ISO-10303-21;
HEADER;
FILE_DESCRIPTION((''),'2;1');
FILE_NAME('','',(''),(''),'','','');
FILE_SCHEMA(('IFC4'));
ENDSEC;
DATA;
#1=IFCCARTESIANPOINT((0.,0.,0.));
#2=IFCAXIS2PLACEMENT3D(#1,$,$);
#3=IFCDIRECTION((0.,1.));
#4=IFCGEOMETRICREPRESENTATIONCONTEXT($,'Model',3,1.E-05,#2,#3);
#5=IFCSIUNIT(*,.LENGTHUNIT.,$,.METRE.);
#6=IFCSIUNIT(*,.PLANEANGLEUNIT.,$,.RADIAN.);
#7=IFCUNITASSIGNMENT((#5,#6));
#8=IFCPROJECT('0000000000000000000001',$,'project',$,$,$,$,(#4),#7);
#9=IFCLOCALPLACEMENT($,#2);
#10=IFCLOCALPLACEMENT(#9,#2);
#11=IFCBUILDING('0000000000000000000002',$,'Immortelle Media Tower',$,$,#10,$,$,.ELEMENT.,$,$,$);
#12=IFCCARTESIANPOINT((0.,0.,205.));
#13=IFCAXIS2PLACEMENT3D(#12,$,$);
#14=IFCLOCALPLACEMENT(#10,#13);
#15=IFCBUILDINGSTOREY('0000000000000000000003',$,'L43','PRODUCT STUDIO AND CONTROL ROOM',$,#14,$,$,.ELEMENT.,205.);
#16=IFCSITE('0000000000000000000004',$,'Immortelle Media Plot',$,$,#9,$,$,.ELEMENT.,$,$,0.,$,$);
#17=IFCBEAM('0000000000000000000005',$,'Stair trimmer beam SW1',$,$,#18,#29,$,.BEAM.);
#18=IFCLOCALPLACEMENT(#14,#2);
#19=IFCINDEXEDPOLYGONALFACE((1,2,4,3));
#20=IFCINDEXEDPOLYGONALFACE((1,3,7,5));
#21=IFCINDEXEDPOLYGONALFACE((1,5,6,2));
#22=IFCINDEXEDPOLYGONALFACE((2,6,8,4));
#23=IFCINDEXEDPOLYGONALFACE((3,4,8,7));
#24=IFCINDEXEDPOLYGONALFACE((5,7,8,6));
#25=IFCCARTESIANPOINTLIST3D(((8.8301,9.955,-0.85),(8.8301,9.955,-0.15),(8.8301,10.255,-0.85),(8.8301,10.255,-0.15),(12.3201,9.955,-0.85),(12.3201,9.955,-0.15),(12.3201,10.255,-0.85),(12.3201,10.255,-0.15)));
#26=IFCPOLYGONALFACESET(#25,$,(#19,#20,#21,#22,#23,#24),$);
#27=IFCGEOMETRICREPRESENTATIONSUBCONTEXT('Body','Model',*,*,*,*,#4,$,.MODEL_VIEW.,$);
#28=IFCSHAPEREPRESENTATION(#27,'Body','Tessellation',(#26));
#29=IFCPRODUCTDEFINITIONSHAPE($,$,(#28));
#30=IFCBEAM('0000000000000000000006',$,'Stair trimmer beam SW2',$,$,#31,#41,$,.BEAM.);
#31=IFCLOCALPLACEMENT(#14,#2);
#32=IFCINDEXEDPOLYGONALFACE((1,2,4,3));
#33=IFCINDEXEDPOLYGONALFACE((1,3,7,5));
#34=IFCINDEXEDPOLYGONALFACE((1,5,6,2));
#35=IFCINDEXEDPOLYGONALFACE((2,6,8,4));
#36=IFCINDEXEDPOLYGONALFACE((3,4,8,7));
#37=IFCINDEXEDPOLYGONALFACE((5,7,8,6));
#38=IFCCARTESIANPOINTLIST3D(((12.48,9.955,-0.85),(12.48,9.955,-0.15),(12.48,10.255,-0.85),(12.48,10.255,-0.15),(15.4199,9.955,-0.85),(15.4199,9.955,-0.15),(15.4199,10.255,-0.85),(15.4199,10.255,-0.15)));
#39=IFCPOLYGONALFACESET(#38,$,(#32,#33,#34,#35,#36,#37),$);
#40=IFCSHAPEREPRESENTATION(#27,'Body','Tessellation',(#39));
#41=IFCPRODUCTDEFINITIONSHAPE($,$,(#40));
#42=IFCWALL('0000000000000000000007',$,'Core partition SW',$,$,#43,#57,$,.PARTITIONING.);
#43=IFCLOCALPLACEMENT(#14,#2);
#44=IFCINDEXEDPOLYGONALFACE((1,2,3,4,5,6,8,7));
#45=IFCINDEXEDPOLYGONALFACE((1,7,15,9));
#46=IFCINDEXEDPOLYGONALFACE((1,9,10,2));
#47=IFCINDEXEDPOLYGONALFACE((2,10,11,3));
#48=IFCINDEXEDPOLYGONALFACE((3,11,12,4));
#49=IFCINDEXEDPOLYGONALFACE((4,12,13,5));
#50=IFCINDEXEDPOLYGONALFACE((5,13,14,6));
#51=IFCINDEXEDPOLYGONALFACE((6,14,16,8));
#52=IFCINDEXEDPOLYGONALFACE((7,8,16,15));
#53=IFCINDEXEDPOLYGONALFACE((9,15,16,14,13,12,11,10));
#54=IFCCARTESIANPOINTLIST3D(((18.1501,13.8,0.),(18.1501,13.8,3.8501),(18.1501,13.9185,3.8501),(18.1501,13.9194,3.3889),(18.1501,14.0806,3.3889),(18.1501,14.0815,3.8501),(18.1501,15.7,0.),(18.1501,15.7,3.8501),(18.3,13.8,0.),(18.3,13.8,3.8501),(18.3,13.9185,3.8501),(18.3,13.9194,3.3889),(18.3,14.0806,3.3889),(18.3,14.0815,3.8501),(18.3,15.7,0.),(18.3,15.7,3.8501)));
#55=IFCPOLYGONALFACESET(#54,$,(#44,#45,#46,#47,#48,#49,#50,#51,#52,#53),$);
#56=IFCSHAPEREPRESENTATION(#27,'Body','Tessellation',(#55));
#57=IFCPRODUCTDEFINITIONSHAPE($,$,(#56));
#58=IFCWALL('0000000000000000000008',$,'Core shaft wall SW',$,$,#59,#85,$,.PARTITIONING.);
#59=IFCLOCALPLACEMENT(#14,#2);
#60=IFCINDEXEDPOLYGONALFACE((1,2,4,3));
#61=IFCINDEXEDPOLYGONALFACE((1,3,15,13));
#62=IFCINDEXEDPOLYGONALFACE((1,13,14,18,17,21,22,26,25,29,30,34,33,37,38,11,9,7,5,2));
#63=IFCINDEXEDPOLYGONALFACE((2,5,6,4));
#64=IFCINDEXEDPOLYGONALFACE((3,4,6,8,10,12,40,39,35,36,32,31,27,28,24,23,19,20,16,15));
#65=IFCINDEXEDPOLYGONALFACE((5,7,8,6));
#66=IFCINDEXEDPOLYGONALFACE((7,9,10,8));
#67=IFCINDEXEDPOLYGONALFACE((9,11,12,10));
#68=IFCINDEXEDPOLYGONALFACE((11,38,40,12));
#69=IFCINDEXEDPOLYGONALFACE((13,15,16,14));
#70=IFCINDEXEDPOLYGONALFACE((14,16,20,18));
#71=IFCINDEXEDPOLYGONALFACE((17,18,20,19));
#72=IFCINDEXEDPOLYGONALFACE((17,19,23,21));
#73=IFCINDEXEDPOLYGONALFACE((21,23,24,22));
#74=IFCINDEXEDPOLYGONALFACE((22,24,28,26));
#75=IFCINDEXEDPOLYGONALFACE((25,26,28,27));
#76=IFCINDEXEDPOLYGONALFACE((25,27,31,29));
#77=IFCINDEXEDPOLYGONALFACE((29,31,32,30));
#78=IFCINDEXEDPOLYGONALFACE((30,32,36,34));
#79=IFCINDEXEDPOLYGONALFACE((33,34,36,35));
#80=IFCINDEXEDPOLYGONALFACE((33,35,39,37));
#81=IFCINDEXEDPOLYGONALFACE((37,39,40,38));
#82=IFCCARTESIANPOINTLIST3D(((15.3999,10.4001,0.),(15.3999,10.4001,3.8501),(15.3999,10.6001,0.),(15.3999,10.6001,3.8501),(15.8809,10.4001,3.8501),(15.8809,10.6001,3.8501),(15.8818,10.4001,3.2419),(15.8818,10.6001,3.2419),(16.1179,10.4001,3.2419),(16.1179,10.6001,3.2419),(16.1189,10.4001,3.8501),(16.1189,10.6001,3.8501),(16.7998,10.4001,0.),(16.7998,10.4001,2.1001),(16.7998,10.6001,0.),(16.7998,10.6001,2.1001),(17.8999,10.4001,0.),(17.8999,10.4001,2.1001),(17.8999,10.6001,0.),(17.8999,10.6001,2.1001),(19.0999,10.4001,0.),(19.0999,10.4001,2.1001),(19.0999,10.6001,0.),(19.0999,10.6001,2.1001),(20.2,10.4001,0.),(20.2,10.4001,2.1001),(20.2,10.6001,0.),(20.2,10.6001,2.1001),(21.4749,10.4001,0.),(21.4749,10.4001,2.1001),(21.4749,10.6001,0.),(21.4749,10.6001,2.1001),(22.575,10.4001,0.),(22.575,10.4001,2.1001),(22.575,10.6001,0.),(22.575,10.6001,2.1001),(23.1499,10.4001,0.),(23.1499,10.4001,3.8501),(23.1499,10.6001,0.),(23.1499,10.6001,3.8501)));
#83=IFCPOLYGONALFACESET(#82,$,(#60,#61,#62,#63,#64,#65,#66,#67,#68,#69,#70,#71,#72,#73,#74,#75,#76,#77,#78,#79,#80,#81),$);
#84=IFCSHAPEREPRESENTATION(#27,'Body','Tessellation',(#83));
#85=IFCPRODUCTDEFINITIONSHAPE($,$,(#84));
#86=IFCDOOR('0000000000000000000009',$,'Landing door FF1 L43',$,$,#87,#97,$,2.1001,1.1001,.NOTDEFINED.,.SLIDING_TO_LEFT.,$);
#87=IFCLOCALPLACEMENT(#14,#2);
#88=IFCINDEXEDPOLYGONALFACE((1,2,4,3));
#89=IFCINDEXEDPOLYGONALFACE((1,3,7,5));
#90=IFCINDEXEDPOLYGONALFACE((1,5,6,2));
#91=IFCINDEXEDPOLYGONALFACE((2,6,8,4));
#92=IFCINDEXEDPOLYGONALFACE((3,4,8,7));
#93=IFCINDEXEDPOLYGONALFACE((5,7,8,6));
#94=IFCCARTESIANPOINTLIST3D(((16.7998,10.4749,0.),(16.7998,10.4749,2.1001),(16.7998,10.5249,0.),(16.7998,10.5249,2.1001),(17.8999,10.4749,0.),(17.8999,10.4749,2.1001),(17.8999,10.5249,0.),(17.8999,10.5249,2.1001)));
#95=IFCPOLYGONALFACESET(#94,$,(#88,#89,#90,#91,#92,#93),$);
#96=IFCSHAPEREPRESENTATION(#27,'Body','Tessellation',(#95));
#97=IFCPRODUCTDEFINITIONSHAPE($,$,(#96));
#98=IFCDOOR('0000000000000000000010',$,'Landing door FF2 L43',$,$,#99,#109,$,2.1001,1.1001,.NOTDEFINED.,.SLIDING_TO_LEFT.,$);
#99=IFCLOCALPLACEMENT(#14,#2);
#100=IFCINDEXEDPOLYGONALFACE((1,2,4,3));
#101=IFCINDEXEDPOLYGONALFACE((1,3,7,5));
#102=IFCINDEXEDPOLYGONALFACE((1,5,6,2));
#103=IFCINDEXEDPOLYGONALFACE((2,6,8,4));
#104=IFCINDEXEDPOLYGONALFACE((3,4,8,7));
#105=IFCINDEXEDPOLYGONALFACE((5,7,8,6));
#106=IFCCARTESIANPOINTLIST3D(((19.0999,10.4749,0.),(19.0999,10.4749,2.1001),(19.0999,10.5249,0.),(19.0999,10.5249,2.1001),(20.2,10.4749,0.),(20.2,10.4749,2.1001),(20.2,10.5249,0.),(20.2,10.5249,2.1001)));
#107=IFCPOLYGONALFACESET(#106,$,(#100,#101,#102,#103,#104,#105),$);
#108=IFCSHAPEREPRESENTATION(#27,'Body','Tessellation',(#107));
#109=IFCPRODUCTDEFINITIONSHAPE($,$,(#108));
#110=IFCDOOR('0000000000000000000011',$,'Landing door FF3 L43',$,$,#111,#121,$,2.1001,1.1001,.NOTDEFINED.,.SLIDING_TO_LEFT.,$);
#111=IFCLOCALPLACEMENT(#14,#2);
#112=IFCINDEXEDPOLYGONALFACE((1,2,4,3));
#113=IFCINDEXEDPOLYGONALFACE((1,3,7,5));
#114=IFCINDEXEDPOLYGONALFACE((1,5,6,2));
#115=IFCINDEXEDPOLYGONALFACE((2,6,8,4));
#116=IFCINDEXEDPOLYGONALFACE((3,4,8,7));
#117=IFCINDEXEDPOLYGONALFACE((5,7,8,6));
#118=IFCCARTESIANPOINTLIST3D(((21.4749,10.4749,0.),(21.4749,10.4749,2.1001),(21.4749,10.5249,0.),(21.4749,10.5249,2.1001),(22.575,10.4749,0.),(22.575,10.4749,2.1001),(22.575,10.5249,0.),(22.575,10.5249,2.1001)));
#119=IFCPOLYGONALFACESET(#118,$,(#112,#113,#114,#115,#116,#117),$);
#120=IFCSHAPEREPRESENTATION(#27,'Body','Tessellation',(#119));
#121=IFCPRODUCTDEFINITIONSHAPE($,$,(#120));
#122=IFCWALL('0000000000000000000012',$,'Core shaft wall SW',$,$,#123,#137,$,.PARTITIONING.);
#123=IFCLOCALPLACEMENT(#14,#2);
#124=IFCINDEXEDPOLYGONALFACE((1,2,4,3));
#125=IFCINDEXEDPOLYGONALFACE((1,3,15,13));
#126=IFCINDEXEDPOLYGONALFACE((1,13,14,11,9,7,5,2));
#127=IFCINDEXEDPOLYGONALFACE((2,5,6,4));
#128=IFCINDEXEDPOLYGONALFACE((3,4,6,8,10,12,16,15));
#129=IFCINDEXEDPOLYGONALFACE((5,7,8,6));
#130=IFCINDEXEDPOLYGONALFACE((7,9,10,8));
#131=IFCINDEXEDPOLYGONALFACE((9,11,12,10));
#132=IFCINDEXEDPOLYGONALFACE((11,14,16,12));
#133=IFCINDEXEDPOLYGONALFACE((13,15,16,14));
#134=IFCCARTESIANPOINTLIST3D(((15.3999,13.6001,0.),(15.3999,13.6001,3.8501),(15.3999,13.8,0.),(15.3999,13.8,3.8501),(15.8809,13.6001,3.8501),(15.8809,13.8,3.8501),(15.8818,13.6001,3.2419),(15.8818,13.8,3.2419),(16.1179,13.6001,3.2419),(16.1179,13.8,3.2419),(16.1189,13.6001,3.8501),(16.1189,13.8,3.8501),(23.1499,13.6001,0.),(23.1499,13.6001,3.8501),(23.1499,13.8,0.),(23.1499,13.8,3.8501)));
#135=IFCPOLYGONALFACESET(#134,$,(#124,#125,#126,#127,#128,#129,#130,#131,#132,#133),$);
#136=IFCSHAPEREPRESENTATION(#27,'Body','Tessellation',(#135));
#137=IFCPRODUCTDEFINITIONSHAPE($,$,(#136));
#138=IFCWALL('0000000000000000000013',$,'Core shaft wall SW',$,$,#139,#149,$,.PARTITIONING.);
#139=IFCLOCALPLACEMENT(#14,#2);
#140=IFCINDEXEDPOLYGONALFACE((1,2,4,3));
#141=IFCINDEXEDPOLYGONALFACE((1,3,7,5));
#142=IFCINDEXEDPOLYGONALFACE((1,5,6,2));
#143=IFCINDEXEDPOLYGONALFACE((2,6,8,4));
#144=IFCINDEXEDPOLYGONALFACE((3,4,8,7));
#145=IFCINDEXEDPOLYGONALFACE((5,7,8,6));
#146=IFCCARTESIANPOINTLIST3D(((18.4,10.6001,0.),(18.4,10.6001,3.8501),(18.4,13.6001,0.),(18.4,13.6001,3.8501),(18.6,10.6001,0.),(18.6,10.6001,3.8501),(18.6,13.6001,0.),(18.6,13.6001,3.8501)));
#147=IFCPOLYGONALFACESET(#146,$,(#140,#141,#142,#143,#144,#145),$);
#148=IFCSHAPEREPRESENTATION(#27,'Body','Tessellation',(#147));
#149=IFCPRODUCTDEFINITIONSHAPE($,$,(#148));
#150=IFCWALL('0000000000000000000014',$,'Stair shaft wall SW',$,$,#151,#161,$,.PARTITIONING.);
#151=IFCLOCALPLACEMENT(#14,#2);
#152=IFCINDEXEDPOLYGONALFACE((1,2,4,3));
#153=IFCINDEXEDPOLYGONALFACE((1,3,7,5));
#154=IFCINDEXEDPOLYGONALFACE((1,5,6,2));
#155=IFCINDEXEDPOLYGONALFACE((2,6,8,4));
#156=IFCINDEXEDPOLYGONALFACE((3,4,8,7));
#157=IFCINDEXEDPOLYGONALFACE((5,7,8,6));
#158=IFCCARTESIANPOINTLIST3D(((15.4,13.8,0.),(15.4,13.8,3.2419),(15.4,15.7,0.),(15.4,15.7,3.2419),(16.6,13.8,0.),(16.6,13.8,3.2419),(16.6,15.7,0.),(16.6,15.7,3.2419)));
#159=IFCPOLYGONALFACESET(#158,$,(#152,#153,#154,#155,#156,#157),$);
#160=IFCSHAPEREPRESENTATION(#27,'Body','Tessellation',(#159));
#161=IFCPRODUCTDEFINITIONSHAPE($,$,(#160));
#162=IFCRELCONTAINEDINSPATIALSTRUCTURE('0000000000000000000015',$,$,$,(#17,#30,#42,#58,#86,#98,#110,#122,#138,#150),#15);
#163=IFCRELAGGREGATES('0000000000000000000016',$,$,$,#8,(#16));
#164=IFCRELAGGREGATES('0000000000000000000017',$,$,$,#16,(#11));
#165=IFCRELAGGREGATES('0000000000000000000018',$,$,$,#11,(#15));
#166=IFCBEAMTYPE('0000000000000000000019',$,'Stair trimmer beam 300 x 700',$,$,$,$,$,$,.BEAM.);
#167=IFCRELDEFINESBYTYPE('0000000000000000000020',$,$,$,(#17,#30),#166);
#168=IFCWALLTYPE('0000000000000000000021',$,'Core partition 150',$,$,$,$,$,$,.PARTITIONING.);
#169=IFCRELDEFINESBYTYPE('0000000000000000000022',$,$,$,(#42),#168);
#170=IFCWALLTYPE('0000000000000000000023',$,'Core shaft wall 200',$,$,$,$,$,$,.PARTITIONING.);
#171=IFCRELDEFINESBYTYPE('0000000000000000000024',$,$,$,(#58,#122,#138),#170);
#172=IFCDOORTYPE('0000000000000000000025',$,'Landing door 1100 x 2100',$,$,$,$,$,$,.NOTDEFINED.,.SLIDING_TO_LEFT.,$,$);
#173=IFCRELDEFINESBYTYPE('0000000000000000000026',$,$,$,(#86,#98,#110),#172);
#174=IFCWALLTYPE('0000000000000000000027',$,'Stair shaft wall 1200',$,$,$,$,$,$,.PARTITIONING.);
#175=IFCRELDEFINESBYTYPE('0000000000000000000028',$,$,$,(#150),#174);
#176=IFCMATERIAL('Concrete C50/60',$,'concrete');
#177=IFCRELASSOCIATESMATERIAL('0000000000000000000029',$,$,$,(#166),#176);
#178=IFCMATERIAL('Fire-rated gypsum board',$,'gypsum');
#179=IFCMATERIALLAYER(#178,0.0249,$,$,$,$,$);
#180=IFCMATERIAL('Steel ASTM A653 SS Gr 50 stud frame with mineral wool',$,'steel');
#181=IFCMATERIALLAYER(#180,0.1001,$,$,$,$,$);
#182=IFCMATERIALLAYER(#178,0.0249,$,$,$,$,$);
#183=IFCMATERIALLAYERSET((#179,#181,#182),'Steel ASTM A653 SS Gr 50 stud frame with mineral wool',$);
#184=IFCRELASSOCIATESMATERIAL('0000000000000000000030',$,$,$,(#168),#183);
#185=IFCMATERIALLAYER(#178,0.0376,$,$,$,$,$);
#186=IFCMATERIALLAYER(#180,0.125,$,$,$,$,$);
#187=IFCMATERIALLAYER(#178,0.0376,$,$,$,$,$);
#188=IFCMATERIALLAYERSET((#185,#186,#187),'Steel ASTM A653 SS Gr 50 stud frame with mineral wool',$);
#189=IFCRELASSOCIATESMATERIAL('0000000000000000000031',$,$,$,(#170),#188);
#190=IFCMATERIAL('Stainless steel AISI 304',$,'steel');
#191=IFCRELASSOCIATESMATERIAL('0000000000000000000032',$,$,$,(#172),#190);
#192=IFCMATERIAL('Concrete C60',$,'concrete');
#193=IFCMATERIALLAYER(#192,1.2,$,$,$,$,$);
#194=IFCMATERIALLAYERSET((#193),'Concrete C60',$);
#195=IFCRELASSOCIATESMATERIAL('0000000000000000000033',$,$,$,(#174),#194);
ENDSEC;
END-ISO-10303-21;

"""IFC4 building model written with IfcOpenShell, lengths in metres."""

from ifc_helpers import new_model, si_unit, direction, frame, frame_2d, origin, origin_2d, place, context, subcontext, project, spatial, polyline, rectangle, outline, extrude, material, layer, layer_set, material_profile, profile_set, type_object, element, fill, save


model = new_model("IFC4")

# Units and contexts
model_context = context("Model", 3, precision=1e-05, world=origin(), true_north=direction((0.0, 1.0)))
body_context = subcontext(model_context, "Body", "Model", "MODEL_VIEW")
ifc_project = project(units=[si_unit("LENGTHUNIT", "METRE"), si_unit("PLANEANGLEUNIT", "RADIAN")], contexts=[model_context])

# Site, building, storey
site_placement = place(None, origin())
site = spatial("IfcSite", under=ifc_project, at=site_placement, Name="Immortelle Media Plot", CompositionType="ELEMENT", RefElevation=0.0)
building_placement = place(site_placement, origin())
building = spatial("IfcBuilding", under=site, at=building_placement, Name="Immortelle Media Tower", CompositionType="ELEMENT")
storey_placement = place(building_placement, frame((0.0, 0.0, 205.0)))
storey = spatial("IfcBuildingStorey", under=building, at=storey_placement, Name="L43", Description="PRODUCT STUDIO AND CONTROL ROOM", CompositionType="ELEMENT", Elevation=205.0)

# Beams
ifc_material_1 = material(Name="Concrete C50/60", Category="concrete")
ifc_material_profile = material_profile(ifc_material_1, rectangle(XDim=0.3, YDim=0.7, at=origin_2d()), Name="RC 300x700")
ifc_profile_set = profile_set([ifc_material_profile], Name="Concrete C50/60")
beam_type = type_object("IfcBeamType", Name="Stair trimmer beam 300 x 700", PredefinedType="BEAM", material=ifc_profile_set)
beam_1_placement = place(storey_placement, frame((8.8301, 10.105, -0.5), z_axis=(1.0, 0.0, 0.0), x_axis=(0.0, 1.0, 0.0)))
element("IfcBeam", 1, at=beam_1_placement, inside=storey, type_object=beam_type, Name="Stair trimmer beam SW1", PredefinedType="BEAM", context=body_context, shape_type="SweptSolid", body=[
    extrude(rectangle(XDim=0.3, YDim=0.7, at=origin_2d()), origin(), (0.0, 0.0, 1.0), 3.49),
])
beam_2_placement = place(storey_placement, frame((12.48, 10.105, -0.5), z_axis=(1.0, 0.0, 0.0), x_axis=(0.0, 1.0, 0.0)))
element("IfcBeam", 2, at=beam_2_placement, inside=storey, type_object=beam_type, Name="Stair trimmer beam SW2", PredefinedType="BEAM", context=body_context, shape_type="SweptSolid", body=[
    extrude(rectangle(XDim=0.3, YDim=0.7, at=origin_2d()), origin(), (0.0, 0.0, 1.0), 2.9399),
])

# Wall
ifc_material_2 = material(Name="Fire-rated gypsum board", Category="gypsum")
ifc_layer_1 = layer(ifc_material_2, 0.0249)
ifc_material_3 = material(Name="Steel ASTM A653 SS Gr 50 stud frame with mineral wool", Category="steel")
ifc_layer_2 = layer(ifc_material_3, 0.1001)
ifc_layer_3 = layer(ifc_material_2, 0.0249)
ifc_layer_set_1 = layer_set([ifc_layer_1, ifc_layer_2, ifc_layer_3], Name="Steel ASTM A653 SS Gr 50 stud frame with mineral wool")
wall_type_1 = type_object("IfcWallType", Name="Core partition 150", PredefinedType="PARTITIONING", material=ifc_layer_set_1)
wall_1_placement = place(storey_placement, frame((18.2251, 13.8, 0.0), z_axis=(0.0, 0.0, 1.0), x_axis=(0.0, 1.0, 0.0)))
element("IfcWall", 3, at=wall_1_placement, inside=storey, type_object=wall_type_1, Name="Core partition SW", PredefinedType="PARTITIONING", context=body_context, shape_type="SweptSolid", body=[
    extrude(outline(polyline([(0.0, 0.0), (1.8999, 0.0), (1.8999, 3.8501), (0.2815, 3.8501), (0.2805, 3.3889), (0.1194, 3.3889), (0.1184, 3.8501), (0.0, 3.8501), (0.0, 0.0)])), frame((0.0, 0.075, 0.0), z_axis=(0.0, -1.0, 0.0), x_axis=(1.0, 0.0, 0.0)), (0.0, 0.0, 1.0), 0.1499),
])

# Wall, openings, doors
ifc_layer_4 = layer(ifc_material_2, 0.0376)
ifc_layer_5 = layer(ifc_material_3, 0.125)
ifc_layer_6 = layer(ifc_material_2, 0.0376)
ifc_layer_set_2 = layer_set([ifc_layer_4, ifc_layer_5, ifc_layer_6], Name="Steel ASTM A653 SS Gr 50 stud frame with mineral wool")
wall_type_2 = type_object("IfcWallType", Name="Core shaft wall 200", PredefinedType="PARTITIONING", material=ifc_layer_set_2)
wall_2_placement = place(storey_placement, frame((15.3999, 10.5, 0.0), z_axis=(0.0, 0.0, 1.0), x_axis=(1.0, 0.0, 0.0)))
wall_2 = element("IfcWall", 4, at=wall_2_placement, inside=storey, type_object=wall_type_2, Name="Core shaft wall SW", PredefinedType="PARTITIONING", context=body_context, shape_type="SweptSolid", body=[
    extrude(outline(polyline([(0.0, 0.0), (7.75, 0.0), (7.75, 3.8501), (0.719, 3.8501), (0.718, 3.2419), (0.4819, 3.2419), (0.481, 3.8501), (0.0, 3.8501), (0.0, 0.0)])), frame((0.0, 0.1001, 0.0), z_axis=(0.0, -1.0, 0.0), x_axis=(1.0, 0.0, 0.0)), (0.0, 0.0, 1.0), 0.2),
])
opening_1_placement = place(wall_2_placement, frame((1.3999, 0.0, 0.0)))
opening_1 = element("IfcOpeningElement", 5, at=opening_1_placement, cuts=wall_2, PredefinedType="OPENING", context=body_context, shape_type="SweptSolid", body=[
    extrude(rectangle(XDim=1.1001, YDim=2.1001, at=frame_2d((0.55, 1.05))), frame((0.0, 0.1099, 0.0), z_axis=(0.0, -1.0, 0.0), x_axis=(1.0, 0.0, 0.0)), (0.0, 0.0, 1.0), 0.22),
])
opening_2_placement = place(wall_2_placement, frame((3.7, 0.0, 0.0)))
opening_2 = element("IfcOpeningElement", 6, at=opening_2_placement, cuts=wall_2, PredefinedType="OPENING", context=body_context, shape_type="SweptSolid", body=[
    extrude(rectangle(XDim=1.1001, YDim=2.1001, at=frame_2d((0.55, 1.05))), frame((0.0, 0.1099, 0.0), z_axis=(0.0, -1.0, 0.0), x_axis=(1.0, 0.0, 0.0)), (0.0, 0.0, 1.0), 0.22),
])
opening_3_placement = place(wall_2_placement, frame((6.075, 0.0, 0.0)))
opening_3 = element("IfcOpeningElement", 7, at=opening_3_placement, cuts=wall_2, PredefinedType="OPENING", context=body_context, shape_type="SweptSolid", body=[
    extrude(rectangle(XDim=1.1001, YDim=2.1001, at=frame_2d((0.55, 1.05))), frame((0.0, 0.1099, 0.0), z_axis=(0.0, -1.0, 0.0), x_axis=(1.0, 0.0, 0.0)), (0.0, 0.0, 1.0), 0.22),
])
ifc_material_4 = material(Name="Stainless steel AISI 304", Category="steel")
door_type_1 = type_object("IfcDoorType", Name="Landing door 1100 x 2100", OperationType="SLIDING_TO_LEFT", PredefinedType="NOTDEFINED", material=ifc_material_4)
door_1_placement = place(opening_1_placement, origin())
door_1 = element("IfcDoor", 8, at=door_1_placement, inside=storey, type_object=door_type_1, Name="Landing door FF1 L43", OperationType="SLIDING_TO_LEFT", OverallHeight=2.1001, OverallWidth=1.1001, PredefinedType="NOTDEFINED", context=body_context, shape_type="SweptSolid", body=[
    extrude(rectangle(XDim=1.1001, YDim=2.1001, at=frame_2d((0.55, 1.05))), frame((0.0, 0.0249, 0.0), z_axis=(0.0, -1.0, 0.0), x_axis=(1.0, 0.0, 0.0)), (0.0, 0.0, 1.0), 0.05),
])
fill(opening_1, door_1)
door_2_placement = place(opening_2_placement, origin())
door_2 = element("IfcDoor", 9, at=door_2_placement, inside=storey, type_object=door_type_1, Name="Landing door FF2 L43", OperationType="SLIDING_TO_LEFT", OverallHeight=2.1001, OverallWidth=1.1001, PredefinedType="NOTDEFINED", context=body_context, shape_type="SweptSolid", body=[
    extrude(rectangle(XDim=1.1001, YDim=2.1001, at=frame_2d((0.55, 1.05))), frame((0.0, 0.0249, 0.0), z_axis=(0.0, -1.0, 0.0), x_axis=(1.0, 0.0, 0.0)), (0.0, 0.0, 1.0), 0.05),
])
fill(opening_2, door_2)
door_3_placement = place(opening_3_placement, origin())
door_3 = element("IfcDoor", 10, at=door_3_placement, inside=storey, type_object=door_type_1, Name="Landing door FF3 L43", OperationType="SLIDING_TO_LEFT", OverallHeight=2.1001, OverallWidth=1.1001, PredefinedType="NOTDEFINED", context=body_context, shape_type="SweptSolid", body=[
    extrude(rectangle(XDim=1.1001, YDim=2.1001, at=frame_2d((0.55, 1.05))), frame((0.0, 0.0249, 0.0), z_axis=(0.0, -1.0, 0.0), x_axis=(1.0, 0.0, 0.0)), (0.0, 0.0, 1.0), 0.05),
])
fill(opening_3, door_3)

# Walls
wall_3_placement = place(storey_placement, frame((15.3999, 13.7, 0.0), z_axis=(0.0, 0.0, 1.0), x_axis=(1.0, 0.0, 0.0)))
element("IfcWall", 11, at=wall_3_placement, inside=storey, type_object=wall_type_2, Name="Core shaft wall SW", PredefinedType="PARTITIONING", context=body_context, shape_type="SweptSolid", body=[
    extrude(outline(polyline([(0.0, 0.0), (7.75, 0.0), (7.75, 3.8501), (0.719, 3.8501), (0.718, 3.2419), (0.4819, 3.2419), (0.481, 3.8501), (0.0, 3.8501), (0.0, 0.0)])), frame((0.0, 0.1001, 0.0), z_axis=(0.0, -1.0, 0.0), x_axis=(1.0, 0.0, 0.0)), (0.0, 0.0, 1.0), 0.2),
])
wall_4_placement = place(storey_placement, frame((18.5, 10.6001, 0.0), z_axis=(0.0, 0.0, 1.0), x_axis=(0.0, 1.0, 0.0)))
element("IfcWall", 12, at=wall_4_placement, inside=storey, type_object=wall_type_2, Name="Core shaft wall SW", PredefinedType="PARTITIONING", context=body_context, shape_type="SweptSolid", body=[
    extrude(rectangle(XDim=3.0, YDim=0.2, at=frame_2d((1.5, 0.0))), origin(), (0.0, 0.0, 1.0), 3.8501),
])
ifc_material_5 = material(Name="Concrete C60", Category="concrete")
ifc_layer_7 = layer(ifc_material_5, 1.2)
ifc_layer_set_3 = layer_set([ifc_layer_7], Name="Concrete C60")
wall_type_3 = type_object("IfcWallType", Name="Stair shaft wall 1200", PredefinedType="PARTITIONING", material=ifc_layer_set_3)
wall_5_placement = place(storey_placement, frame((16.0, 13.8, 0.0), z_axis=(0.0, 0.0, 1.0), x_axis=(0.0, 1.0, 0.0)))
element("IfcWall", 13, at=wall_5_placement, inside=storey, type_object=wall_type_3, Name="Stair shaft wall SW", PredefinedType="PARTITIONING", context=body_context, shape_type="SweptSolid", body=[
    extrude(rectangle(XDim=1.8999, YDim=1.2, at=frame_2d((0.95, 0.0))), origin(), (0.0, 0.0, 1.0), 3.2419),
])

save(model, "model.ifc")
